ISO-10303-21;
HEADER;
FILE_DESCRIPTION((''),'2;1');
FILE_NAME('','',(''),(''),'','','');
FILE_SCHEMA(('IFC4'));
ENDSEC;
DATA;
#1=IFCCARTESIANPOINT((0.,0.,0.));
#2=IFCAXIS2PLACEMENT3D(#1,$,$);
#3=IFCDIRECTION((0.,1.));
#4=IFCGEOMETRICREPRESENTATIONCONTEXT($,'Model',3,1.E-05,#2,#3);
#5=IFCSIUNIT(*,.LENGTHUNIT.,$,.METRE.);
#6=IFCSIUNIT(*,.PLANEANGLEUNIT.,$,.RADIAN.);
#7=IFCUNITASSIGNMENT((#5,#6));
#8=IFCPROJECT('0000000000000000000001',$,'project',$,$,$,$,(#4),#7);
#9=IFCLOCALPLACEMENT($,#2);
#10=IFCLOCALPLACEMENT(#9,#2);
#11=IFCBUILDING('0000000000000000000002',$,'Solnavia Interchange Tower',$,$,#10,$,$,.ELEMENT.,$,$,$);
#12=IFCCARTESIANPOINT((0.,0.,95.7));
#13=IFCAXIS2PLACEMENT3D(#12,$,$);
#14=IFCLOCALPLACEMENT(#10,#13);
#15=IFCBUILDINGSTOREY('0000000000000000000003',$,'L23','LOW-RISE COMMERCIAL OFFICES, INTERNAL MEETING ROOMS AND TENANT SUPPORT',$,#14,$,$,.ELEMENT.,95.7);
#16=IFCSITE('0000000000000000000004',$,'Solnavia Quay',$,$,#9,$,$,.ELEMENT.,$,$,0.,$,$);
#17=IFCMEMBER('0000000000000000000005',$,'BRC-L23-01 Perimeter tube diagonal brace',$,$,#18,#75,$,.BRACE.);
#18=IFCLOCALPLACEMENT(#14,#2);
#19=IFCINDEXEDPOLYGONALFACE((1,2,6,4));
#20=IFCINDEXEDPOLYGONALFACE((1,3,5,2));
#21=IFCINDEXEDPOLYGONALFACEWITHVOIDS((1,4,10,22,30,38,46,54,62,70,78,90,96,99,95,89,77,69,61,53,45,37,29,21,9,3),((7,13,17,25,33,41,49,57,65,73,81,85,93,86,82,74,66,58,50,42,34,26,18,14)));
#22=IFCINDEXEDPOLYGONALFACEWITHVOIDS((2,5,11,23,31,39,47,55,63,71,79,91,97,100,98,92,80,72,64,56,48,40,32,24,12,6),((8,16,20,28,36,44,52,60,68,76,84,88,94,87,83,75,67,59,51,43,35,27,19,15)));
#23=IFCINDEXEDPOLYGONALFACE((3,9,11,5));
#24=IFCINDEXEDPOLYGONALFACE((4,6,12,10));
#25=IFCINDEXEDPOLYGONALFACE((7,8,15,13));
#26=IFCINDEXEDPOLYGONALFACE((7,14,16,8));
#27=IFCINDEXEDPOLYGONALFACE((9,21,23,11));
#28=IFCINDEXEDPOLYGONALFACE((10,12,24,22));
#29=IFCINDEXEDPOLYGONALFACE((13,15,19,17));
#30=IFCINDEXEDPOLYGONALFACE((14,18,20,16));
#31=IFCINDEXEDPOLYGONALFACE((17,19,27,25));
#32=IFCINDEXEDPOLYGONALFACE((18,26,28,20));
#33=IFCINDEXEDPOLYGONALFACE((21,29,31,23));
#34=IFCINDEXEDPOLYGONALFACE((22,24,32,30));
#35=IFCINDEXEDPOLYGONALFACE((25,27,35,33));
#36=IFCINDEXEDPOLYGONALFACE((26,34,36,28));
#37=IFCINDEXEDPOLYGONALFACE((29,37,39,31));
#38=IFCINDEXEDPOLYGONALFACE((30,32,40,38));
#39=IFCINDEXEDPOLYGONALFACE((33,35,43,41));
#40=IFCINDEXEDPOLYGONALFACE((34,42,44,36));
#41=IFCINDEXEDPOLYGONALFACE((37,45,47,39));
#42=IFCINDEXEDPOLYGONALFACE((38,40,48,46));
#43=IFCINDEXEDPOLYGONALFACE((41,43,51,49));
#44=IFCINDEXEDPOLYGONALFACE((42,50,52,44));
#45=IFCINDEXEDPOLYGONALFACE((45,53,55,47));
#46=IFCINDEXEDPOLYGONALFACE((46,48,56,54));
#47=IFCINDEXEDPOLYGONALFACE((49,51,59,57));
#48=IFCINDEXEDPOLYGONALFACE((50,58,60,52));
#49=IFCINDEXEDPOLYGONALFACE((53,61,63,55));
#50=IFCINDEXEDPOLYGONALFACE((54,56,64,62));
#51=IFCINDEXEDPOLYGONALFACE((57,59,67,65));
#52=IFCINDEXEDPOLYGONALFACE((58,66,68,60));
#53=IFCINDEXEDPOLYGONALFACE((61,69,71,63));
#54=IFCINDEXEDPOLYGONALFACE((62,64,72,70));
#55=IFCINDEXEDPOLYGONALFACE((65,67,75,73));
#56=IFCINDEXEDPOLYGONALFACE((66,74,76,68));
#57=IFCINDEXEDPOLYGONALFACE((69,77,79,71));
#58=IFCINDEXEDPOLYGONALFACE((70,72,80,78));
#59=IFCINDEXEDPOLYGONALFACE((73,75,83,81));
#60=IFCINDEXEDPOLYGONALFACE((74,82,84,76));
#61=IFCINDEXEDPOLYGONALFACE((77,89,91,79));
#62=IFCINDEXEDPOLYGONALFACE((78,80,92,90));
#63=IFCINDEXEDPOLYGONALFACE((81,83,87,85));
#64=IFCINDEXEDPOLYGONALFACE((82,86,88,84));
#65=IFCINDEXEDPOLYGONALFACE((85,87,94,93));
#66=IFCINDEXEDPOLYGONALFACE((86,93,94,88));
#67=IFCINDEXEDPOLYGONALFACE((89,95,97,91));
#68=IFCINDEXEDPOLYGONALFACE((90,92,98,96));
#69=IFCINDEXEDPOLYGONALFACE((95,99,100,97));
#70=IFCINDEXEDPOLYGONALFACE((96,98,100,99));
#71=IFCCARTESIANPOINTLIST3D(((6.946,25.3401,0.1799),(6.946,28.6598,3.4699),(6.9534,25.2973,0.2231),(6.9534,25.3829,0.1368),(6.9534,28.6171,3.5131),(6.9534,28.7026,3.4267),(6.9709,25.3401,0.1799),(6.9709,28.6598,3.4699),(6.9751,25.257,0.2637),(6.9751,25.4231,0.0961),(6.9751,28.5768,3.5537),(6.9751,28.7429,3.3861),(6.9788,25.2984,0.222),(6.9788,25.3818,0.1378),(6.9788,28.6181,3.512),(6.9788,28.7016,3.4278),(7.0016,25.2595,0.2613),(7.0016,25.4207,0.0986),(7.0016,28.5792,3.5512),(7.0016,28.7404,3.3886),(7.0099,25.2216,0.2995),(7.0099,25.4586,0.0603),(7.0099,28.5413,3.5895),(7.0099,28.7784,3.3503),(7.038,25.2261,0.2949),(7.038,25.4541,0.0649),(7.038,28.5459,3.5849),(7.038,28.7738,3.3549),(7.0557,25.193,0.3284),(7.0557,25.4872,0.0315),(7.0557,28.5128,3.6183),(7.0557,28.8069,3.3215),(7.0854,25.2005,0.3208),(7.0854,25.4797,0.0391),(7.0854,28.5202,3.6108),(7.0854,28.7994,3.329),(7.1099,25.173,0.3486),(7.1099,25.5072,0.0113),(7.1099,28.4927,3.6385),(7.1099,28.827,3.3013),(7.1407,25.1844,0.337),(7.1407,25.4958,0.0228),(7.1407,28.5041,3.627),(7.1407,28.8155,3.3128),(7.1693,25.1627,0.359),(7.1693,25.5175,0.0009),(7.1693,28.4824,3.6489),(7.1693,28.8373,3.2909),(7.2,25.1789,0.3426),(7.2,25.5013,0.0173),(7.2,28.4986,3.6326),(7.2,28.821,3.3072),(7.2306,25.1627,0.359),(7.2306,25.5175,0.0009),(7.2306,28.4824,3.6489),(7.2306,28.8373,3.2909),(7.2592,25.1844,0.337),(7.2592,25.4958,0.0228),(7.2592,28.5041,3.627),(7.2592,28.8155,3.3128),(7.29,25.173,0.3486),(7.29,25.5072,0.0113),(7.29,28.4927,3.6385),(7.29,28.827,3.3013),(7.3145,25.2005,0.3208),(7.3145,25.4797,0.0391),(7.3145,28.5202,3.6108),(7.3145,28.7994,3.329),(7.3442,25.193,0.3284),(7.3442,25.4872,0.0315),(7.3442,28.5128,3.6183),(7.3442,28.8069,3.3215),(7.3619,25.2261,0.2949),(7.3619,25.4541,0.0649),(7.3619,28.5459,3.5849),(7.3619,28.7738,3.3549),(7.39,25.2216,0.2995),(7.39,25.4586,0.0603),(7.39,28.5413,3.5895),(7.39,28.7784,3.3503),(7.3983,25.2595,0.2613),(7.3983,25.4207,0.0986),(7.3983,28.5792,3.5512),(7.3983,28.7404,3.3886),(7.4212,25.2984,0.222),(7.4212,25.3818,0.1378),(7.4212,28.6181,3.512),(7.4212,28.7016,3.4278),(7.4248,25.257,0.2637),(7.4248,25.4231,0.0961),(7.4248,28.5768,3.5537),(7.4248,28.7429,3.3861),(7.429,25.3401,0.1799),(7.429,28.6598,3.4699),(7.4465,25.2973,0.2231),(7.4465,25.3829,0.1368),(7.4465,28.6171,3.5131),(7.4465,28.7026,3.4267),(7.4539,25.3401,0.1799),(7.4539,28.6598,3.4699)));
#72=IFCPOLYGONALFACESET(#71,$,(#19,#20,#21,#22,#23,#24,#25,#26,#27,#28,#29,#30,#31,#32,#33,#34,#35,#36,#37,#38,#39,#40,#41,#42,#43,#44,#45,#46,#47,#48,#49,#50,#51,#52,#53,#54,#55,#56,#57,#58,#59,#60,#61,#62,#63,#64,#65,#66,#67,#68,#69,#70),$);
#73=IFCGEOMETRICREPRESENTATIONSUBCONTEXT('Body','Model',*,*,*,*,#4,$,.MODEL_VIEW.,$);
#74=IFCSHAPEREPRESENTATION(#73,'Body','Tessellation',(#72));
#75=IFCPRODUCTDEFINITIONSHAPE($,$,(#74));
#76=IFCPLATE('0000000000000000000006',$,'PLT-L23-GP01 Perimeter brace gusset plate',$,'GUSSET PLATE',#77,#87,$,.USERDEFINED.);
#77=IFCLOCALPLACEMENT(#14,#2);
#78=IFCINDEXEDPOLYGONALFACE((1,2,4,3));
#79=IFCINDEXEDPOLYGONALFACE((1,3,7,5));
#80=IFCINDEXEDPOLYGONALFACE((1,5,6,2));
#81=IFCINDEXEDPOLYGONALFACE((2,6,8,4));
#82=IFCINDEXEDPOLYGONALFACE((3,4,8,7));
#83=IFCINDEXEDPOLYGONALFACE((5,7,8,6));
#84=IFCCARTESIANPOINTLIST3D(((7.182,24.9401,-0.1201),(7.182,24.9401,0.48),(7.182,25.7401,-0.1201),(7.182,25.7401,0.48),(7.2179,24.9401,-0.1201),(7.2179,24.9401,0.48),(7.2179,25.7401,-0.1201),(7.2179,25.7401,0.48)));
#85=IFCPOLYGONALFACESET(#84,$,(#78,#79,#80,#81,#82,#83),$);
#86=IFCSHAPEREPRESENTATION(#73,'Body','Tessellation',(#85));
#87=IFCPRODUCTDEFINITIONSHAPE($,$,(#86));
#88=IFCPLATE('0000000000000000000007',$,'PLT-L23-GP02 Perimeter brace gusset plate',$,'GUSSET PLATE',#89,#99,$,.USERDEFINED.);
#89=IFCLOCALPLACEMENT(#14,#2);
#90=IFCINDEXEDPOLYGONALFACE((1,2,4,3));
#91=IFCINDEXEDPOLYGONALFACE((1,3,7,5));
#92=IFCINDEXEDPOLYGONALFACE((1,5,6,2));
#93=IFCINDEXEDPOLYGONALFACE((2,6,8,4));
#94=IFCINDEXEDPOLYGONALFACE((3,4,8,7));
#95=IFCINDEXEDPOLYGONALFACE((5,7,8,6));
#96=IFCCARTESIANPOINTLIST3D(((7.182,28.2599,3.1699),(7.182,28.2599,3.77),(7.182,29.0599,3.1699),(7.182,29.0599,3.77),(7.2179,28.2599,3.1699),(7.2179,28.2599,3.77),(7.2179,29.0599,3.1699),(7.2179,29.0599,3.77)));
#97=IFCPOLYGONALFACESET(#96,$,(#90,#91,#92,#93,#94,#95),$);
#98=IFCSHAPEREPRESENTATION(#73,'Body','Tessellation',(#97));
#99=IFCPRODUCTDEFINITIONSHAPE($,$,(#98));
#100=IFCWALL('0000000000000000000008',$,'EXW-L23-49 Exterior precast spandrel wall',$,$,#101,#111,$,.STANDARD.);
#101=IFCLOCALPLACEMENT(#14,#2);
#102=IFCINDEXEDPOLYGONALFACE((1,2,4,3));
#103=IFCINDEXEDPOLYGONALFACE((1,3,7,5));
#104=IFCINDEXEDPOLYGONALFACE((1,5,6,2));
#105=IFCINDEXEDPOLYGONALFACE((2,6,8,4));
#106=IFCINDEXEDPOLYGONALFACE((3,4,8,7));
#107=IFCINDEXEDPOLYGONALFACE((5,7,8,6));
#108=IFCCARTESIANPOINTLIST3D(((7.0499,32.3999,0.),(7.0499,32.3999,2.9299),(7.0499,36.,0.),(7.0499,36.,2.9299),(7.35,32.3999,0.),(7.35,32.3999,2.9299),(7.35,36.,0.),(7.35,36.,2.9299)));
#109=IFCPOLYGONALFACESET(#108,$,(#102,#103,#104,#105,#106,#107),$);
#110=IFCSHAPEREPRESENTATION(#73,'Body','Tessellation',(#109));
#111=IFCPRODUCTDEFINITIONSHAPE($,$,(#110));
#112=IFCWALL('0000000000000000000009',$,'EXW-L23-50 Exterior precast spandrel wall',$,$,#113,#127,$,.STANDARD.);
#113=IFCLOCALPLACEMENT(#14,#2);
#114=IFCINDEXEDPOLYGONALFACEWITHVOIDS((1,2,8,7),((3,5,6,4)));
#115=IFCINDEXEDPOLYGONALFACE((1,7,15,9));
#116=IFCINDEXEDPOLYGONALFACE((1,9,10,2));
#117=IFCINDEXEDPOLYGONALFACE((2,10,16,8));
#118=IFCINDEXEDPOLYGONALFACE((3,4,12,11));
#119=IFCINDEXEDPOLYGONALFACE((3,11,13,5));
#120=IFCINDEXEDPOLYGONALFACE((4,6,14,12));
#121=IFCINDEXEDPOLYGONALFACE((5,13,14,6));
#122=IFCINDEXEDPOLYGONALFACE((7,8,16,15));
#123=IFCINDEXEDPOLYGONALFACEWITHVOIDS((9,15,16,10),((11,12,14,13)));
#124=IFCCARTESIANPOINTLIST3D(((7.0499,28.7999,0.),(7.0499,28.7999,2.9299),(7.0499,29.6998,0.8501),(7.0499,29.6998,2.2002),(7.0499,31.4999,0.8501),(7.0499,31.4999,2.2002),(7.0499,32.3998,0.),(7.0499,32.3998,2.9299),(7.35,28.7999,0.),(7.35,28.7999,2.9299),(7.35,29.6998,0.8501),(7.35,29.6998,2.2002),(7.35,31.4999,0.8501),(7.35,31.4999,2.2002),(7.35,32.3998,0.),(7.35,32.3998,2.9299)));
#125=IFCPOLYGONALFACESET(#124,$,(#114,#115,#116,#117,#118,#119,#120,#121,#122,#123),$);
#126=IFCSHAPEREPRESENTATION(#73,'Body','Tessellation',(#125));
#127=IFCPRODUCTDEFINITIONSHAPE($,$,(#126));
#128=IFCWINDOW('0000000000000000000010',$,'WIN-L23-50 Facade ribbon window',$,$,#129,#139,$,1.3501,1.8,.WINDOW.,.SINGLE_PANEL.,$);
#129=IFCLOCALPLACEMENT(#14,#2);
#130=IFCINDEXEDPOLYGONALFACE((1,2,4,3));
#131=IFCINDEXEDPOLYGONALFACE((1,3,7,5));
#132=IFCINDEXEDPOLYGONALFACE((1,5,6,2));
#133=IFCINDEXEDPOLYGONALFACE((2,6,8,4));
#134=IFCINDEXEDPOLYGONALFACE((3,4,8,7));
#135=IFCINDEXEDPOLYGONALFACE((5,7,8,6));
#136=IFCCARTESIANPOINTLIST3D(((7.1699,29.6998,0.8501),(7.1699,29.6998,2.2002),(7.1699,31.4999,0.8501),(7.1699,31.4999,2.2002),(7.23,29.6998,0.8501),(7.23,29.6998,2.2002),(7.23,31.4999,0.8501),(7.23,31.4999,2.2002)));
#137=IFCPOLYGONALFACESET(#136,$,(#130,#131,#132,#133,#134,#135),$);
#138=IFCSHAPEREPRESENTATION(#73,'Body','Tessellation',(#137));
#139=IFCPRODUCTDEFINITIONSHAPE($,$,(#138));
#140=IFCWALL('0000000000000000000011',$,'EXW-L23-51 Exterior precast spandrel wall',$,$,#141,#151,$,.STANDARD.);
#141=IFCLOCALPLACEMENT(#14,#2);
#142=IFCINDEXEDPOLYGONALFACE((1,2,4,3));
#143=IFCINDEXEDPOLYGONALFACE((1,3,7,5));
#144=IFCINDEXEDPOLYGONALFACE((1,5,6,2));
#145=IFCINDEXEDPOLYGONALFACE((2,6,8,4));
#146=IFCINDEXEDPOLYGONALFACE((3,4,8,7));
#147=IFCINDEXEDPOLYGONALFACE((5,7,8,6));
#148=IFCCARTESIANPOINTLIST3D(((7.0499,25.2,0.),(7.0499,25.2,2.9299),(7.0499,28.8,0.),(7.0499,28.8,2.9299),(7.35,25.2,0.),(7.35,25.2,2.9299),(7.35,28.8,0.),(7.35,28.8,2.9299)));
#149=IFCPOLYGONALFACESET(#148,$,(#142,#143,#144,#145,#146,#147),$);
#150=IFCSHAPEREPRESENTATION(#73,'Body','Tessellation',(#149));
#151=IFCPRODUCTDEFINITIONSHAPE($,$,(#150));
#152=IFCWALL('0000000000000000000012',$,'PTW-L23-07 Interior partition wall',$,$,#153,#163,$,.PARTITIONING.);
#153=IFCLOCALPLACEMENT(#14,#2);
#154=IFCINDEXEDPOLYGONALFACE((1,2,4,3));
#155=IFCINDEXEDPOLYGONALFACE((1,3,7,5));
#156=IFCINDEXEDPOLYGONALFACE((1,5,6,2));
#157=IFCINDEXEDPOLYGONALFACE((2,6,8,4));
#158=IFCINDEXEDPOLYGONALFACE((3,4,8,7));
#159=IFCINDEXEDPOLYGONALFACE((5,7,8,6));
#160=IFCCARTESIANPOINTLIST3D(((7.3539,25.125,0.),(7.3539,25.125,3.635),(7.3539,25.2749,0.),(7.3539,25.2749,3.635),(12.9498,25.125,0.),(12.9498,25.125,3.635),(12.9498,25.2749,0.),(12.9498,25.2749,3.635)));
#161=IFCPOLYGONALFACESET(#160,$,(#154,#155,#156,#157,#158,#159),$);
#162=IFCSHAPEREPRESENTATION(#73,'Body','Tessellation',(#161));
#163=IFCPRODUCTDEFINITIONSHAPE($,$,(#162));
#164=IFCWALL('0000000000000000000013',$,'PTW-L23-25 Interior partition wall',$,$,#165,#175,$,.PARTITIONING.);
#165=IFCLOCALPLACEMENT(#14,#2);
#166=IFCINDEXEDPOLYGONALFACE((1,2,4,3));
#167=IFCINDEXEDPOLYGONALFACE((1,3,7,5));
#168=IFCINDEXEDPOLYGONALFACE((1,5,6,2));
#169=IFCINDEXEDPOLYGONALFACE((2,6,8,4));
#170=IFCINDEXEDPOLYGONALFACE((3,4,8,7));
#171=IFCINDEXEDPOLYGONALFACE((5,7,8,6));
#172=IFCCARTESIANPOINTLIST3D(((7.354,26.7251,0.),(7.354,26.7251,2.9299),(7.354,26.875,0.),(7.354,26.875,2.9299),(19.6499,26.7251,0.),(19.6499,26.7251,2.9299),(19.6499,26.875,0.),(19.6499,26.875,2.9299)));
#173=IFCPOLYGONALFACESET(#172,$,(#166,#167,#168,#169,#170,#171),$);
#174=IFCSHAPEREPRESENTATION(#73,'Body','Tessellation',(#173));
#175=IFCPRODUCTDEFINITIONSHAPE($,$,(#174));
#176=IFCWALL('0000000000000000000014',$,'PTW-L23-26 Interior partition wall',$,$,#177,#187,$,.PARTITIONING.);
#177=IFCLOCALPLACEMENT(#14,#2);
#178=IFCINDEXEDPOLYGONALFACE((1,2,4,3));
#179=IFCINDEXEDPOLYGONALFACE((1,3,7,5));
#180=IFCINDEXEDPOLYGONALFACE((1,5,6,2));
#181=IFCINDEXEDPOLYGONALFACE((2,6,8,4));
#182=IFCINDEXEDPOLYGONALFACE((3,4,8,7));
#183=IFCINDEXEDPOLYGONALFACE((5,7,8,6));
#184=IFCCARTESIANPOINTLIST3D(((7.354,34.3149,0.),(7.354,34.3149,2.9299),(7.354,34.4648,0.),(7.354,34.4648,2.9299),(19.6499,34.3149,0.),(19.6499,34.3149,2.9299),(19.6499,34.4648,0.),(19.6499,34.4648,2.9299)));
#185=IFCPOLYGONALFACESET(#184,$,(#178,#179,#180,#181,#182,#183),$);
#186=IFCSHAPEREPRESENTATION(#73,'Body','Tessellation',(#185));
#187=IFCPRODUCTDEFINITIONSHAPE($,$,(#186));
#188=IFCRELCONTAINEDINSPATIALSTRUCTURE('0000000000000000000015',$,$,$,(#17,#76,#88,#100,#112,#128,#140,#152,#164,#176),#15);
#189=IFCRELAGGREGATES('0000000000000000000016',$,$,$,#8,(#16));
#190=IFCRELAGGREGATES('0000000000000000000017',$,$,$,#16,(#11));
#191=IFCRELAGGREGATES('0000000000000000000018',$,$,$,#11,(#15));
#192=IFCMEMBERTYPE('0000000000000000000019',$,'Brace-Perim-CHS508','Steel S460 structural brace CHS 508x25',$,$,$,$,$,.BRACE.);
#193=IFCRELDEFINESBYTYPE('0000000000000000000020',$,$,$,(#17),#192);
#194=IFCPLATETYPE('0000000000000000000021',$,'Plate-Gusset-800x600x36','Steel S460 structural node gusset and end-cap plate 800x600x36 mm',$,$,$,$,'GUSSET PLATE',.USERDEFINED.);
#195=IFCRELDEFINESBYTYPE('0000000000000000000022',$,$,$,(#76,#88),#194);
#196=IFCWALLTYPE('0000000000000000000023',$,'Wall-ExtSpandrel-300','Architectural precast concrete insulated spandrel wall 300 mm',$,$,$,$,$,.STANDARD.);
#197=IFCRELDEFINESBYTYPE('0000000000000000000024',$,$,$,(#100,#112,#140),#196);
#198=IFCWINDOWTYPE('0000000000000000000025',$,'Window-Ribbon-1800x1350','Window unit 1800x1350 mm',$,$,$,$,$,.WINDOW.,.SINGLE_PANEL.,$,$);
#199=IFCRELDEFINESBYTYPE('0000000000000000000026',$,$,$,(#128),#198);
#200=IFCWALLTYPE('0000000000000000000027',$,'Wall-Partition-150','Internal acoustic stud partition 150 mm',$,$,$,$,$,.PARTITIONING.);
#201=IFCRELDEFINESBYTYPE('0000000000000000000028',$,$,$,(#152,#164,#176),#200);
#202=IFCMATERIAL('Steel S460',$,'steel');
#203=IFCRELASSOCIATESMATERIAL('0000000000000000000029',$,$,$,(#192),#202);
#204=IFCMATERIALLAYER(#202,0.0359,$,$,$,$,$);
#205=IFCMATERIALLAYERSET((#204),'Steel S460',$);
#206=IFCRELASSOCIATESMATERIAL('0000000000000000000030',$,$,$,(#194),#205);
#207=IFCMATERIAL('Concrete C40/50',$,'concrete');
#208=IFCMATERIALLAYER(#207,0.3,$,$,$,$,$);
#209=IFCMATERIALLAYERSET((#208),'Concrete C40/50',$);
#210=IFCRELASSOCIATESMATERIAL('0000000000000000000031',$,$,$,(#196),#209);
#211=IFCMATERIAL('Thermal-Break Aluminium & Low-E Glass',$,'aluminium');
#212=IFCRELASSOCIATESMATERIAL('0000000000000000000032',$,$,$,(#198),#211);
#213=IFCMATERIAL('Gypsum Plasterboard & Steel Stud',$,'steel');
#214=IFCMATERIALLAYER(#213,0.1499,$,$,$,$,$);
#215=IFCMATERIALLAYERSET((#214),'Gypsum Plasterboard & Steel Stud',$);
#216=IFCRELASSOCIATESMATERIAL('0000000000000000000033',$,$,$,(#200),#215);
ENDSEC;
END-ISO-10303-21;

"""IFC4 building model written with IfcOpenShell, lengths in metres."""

from ifc_helpers import new_model, si_unit, direction, frame, frame_2d, origin, origin_2d, place, context, subcontext, project, spatial, rectangle, hollow_circle, extrude, material, layer, layer_set, material_profile, profile_set, type_object, element, fill, save


model = new_model("IFC4")

# Units and contexts
model_context = context("Model", 3, precision=1e-05, world=origin(), true_north=direction((0.0, 1.0)))
body_context = subcontext(model_context, "Body", "Model", "MODEL_VIEW")
ifc_project = project(units=[si_unit("LENGTHUNIT", "METRE"), si_unit("PLANEANGLEUNIT", "RADIAN")], contexts=[model_context])

# Site, building, storey
site_placement = place(None, origin())
site = spatial("IfcSite", under=ifc_project, at=site_placement, Name="Solnavia Quay", CompositionType="ELEMENT", RefElevation=0.0)
building_placement = place(site_placement, origin())
building = spatial("IfcBuilding", under=site, at=building_placement, Name="Solnavia Interchange Tower", CompositionType="ELEMENT")
storey_placement = place(building_placement, frame((0.0, 0.0, 95.7)))
storey = spatial("IfcBuildingStorey", under=building, at=storey_placement, Name="L23", Description="LOW-RISE COMMERCIAL OFFICES, INTERNAL MEETING ROOMS AND TENANT SUPPORT", CompositionType="ELEMENT", Elevation=95.7)

# Member
ifc_material_1 = material(Name="Steel S460", Category="steel")
ifc_material_profile_1 = material_profile(ifc_material_1, hollow_circle(Radius=0.2539, WallThickness=0.0249, at=origin_2d()), Name="CHS 508x25")
ifc_profile_set_1 = profile_set([ifc_material_profile_1], Name="Steel S460")
member_type = type_object("IfcMemberType", Name="Brace-Perim-CHS508", Description="Steel S460 structural brace CHS 508x25", PredefinedType="BRACE", material=ifc_profile_set_1)
member_placement = place(storey_placement, frame((7.2, 25.3401, 0.1799), z_axis=(0.0, 0.710286, 0.703913), x_axis=(-1.0, 0.0, 0.0)))
element("IfcMember", 1, at=member_placement, inside=storey, type_object=member_type, Name="BRC-L23-01 Perimeter tube diagonal brace", PredefinedType="BRACE", context=body_context, shape_type="SweptSolid", body=[
    extrude(hollow_circle(Radius=0.2539, WallThickness=0.0249, at=origin_2d()), origin(), (0.0, 0.0, 1.0), 4.6738),
])

# Plates
ifc_layer_1 = layer(ifc_material_1, 0.0359)
ifc_layer_set_1 = layer_set([ifc_layer_1], Name="Steel S460")
plate_type = type_object("IfcPlateType", Name="Plate-Gusset-800x600x36", Description="Steel S460 structural node gusset and end-cap plate 800x600x36 mm", ElementType="GUSSET PLATE", PredefinedType="USERDEFINED", material=ifc_layer_set_1)
for number, where, z_axis, x_axis, name in (
    (2, (7.2, 25.3401, -0.1201), (0.0, 0.0, 1.0), (0.0, 1.0, 0.0), "PLT-L23-GP01 Perimeter brace gusset plate"),
    (3, (7.2, 28.6599, 3.1699), (0.0, 0.0, 1.0), (0.0, 1.0, 0.0), "PLT-L23-GP02 Perimeter brace gusset plate"),
):
    element("IfcPlate", number, at=place(storey_placement, frame(where, z_axis=z_axis, x_axis=x_axis)), inside=storey, type_object=plate_type, Name=name, ObjectType="GUSSET PLATE", PredefinedType="USERDEFINED", context=body_context, shape_type="SweptSolid", body=[
        extrude(rectangle(XDim=0.8, YDim=0.0359, at=origin_2d()), origin(), (0.0, 0.0, 1.0), 0.6001),
    ])

# Wall
ifc_material_2 = material(Name="Concrete C40/50", Category="concrete")
ifc_layer_2 = layer(ifc_material_2, 0.3)
ifc_layer_set_2 = layer_set([ifc_layer_2], Name="Concrete C40/50")
wall_type_1 = type_object("IfcWallType", Name="Wall-ExtSpandrel-300", Description="Architectural precast concrete insulated spandrel wall 300 mm", PredefinedType="STANDARD", material=ifc_layer_set_2)
wall_1_placement = place(storey_placement, frame((7.2, 32.3999, 0.0), z_axis=(0.0, 0.0, 1.0), x_axis=(0.0, 1.0, 0.0)))
element("IfcWall", 4, at=wall_1_placement, inside=storey, type_object=wall_type_1, Name="EXW-L23-49 Exterior precast spandrel wall", PredefinedType="STANDARD", context=body_context, shape_type="SweptSolid", body=[
    extrude(rectangle(XDim=3.6001, YDim=0.3, at=frame_2d((1.8, 0.0))), origin(), (0.0, 0.0, 1.0), 2.9299),
])

# Wall, opening, window
wall_2_placement = place(storey_placement, frame((7.2, 28.8, 0.0), z_axis=(0.0, 0.0, 1.0), x_axis=(0.0, 1.0, 0.0)))
wall_2 = element("IfcWall", 5, at=wall_2_placement, inside=storey, type_object=wall_type_1, Name="EXW-L23-50 Exterior precast spandrel wall", PredefinedType="STANDARD", context=body_context, shape_type="SweptSolid", body=[
    extrude(rectangle(XDim=3.5999, YDim=0.3, at=frame_2d((1.7998, 0.0))), origin(), (0.0, 0.0, 1.0), 2.9299),
])
opening_placement = place(wall_2_placement, frame((0.8999, 0.0, 0.8501)))
opening = element("IfcOpeningElement", 6, at=opening_placement, cuts=wall_2, PredefinedType="OPENING", context=body_context, shape_type="SweptSolid", body=[
    extrude(rectangle(XDim=1.8, YDim=1.3501, at=frame_2d((0.8999, 0.675))), frame((0.0, 0.1602, 0.0), z_axis=(0.0, -1.0, 0.0), x_axis=(1.0, 0.0, 0.0)), (0.0, 0.0, 1.0), 0.3201),
])
ifc_material_3 = material(Name="Thermal-Break Aluminium & Low-E Glass", Category="aluminium")
window_type = type_object("IfcWindowType", Name="Window-Ribbon-1800x1350", Description="Window unit 1800x1350 mm", PartitioningType="SINGLE_PANEL", PredefinedType="WINDOW", material=ifc_material_3)
window_placement = place(opening_placement, origin())
window = element("IfcWindow", 7, at=window_placement, inside=storey, type_object=window_type, Name="WIN-L23-50 Facade ribbon window", OverallHeight=1.3501, OverallWidth=1.8, PartitioningType="SINGLE_PANEL", PredefinedType="WINDOW", context=body_context, shape_type="SweptSolid", body=[
    extrude(rectangle(XDim=1.8, YDim=1.3501, at=frame_2d((0.8999, 0.675))), frame((0.0, 0.03, 0.0), z_axis=(0.0, -1.0, 0.0), x_axis=(1.0, 0.0, 0.0)), (0.0, 0.0, 1.0), 0.0601),
])
fill(opening, window)

# Walls
wall_3_placement = place(storey_placement, frame((7.2, 25.2, 0.0), z_axis=(0.0, 0.0, 1.0), x_axis=(0.0, 1.0, 0.0)))
element("IfcWall", 8, at=wall_3_placement, inside=storey, type_object=wall_type_1, Name="EXW-L23-51 Exterior precast spandrel wall", PredefinedType="STANDARD", context=body_context, shape_type="SweptSolid", body=[
    extrude(rectangle(XDim=3.6001, YDim=0.3, at=frame_2d((1.8, 0.0))), origin(), (0.0, 0.0, 1.0), 2.9299),
])
ifc_material_4 = material(Name="Gypsum Plasterboard & Steel Stud", Category="steel")
ifc_layer_3 = layer(ifc_material_4, 0.1499)
ifc_layer_set_3 = layer_set([ifc_layer_3], Name="Gypsum Plasterboard & Steel Stud")
wall_type_2 = type_object("IfcWallType", Name="Wall-Partition-150", Description="Internal acoustic stud partition 150 mm", PredefinedType="PARTITIONING", material=ifc_layer_set_3)
wall_4_placement = place(storey_placement, frame((7.354, 25.2, 0.0), z_axis=(0.0, 0.0, 1.0), x_axis=(1.0, 0.0, 0.0)))
element("IfcWall", 9, at=wall_4_placement, inside=storey, type_object=wall_type_2, Name="PTW-L23-07 Interior partition wall", PredefinedType="PARTITIONING", context=body_context, shape_type="SweptSolid", body=[
    extrude(rectangle(XDim=5.5959, YDim=0.1499, at=frame_2d((2.7979, 0.0))), origin(), (0.0, 0.0, 1.0), 3.635),
])
for number, where, z_axis, x_axis, name in (
    (10, (7.354, 26.8, 0.0), (0.0, 0.0, 1.0), (1.0, 0.0, 0.0), "PTW-L23-25 Interior partition wall"),
    (11, (7.354, 34.3899, 0.0), (0.0, 0.0, 1.0), (1.0, 0.0, 0.0), "PTW-L23-26 Interior partition wall"),
):
    element("IfcWall", number, at=place(storey_placement, frame(where, z_axis=z_axis, x_axis=x_axis)), inside=storey, type_object=wall_type_2, Name=name, PredefinedType="PARTITIONING", context=body_context, shape_type="SweptSolid", body=[
        extrude(rectangle(XDim=12.2959, YDim=0.1499, at=frame_2d((6.1479, 0.0))), origin(), (0.0, 0.0, 1.0), 2.9299),
    ])

save(model, "model.ifc")
